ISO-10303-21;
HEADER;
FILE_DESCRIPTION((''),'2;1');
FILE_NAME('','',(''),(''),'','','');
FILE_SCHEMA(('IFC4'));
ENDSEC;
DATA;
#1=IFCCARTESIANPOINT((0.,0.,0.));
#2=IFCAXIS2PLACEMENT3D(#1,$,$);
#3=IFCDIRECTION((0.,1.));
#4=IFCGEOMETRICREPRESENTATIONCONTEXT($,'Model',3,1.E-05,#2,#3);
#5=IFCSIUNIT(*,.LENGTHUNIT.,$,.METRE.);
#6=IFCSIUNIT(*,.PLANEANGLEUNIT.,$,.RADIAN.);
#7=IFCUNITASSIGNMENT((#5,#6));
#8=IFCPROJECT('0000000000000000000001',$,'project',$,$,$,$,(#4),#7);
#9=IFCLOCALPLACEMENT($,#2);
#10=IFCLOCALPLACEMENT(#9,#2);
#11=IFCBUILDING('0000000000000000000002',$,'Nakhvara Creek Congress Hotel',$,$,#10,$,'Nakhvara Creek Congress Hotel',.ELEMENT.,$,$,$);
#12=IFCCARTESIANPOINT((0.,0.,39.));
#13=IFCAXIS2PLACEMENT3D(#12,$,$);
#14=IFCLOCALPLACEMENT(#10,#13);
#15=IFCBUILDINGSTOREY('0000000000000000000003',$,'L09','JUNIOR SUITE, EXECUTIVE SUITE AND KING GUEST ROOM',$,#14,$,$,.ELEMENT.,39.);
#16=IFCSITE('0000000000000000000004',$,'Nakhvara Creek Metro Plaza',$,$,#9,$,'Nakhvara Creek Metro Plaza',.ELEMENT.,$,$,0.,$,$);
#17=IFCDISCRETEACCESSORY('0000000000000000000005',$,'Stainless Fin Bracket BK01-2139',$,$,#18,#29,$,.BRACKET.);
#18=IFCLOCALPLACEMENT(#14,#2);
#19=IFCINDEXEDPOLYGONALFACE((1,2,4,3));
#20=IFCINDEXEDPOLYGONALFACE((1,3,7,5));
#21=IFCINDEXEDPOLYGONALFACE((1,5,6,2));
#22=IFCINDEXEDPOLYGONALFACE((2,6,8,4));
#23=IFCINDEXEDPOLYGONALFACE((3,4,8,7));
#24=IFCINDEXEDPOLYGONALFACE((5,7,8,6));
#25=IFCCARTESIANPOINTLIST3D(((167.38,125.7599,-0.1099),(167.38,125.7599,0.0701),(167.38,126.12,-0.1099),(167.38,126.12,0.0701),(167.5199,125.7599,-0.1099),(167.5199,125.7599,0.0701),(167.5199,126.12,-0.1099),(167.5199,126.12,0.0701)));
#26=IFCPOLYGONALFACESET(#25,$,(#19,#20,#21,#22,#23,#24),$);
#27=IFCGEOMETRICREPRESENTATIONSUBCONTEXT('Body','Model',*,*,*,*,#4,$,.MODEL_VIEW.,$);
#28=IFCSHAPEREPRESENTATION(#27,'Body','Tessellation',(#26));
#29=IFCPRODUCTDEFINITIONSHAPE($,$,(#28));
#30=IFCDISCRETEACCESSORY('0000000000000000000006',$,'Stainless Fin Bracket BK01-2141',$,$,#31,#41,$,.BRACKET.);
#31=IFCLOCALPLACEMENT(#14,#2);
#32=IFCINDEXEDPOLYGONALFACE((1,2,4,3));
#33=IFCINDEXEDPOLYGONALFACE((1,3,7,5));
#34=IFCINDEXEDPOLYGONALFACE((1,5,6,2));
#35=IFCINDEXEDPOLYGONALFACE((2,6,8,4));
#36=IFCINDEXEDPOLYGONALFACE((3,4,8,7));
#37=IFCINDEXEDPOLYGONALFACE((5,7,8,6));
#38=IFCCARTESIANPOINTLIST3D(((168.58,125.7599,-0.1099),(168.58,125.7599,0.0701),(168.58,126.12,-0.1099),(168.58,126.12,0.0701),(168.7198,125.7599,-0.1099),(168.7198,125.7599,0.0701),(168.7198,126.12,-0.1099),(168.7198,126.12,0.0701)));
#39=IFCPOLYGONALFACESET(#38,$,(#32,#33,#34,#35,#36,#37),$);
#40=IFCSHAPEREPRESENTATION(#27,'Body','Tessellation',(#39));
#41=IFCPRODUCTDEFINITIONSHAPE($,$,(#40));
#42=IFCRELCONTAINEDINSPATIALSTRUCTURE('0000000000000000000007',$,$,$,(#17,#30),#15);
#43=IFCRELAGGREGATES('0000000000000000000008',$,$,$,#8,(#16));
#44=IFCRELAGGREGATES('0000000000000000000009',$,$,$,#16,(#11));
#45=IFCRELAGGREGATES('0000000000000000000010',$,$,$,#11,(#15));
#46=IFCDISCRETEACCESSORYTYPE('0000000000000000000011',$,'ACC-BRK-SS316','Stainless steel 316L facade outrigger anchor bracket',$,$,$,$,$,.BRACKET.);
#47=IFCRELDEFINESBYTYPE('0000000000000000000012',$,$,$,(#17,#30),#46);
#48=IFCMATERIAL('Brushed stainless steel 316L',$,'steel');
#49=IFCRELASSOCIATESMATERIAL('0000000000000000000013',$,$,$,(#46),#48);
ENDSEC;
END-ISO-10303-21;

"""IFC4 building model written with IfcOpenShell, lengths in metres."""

from ifc_helpers import new_model, si_unit, direction, frame, origin, origin_2d, place, context, subcontext, project, spatial, rectangle, extrude, material, type_object, element, save


model = new_model("IFC4")

# Units and contexts
model_context = context("Model", 3, precision=1e-05, world=origin(), true_north=direction((0.0, 1.0)))
body_context = subcontext(model_context, "Body", "Model", "MODEL_VIEW")
ifc_project = project(units=[si_unit("LENGTHUNIT", "METRE"), si_unit("PLANEANGLEUNIT", "RADIAN")], contexts=[model_context])

# Site, building, storey
site_placement = place(None, origin())
site = spatial("IfcSite", under=ifc_project, at=site_placement, Name="Nakhvara Creek Metro Plaza", LongName="Nakhvara Creek Metro Plaza", CompositionType="ELEMENT", RefElevation=0.0)
building_placement = place(site_placement, origin())
building = spatial("IfcBuilding", under=site, at=building_placement, Name="Nakhvara Creek Congress Hotel", LongName="Nakhvara Creek Congress Hotel", CompositionType="ELEMENT")
storey_placement = place(building_placement, frame((0.0, 0.0, 39.0)))
storey = spatial("IfcBuildingStorey", under=building, at=storey_placement, Name="L09", Description="JUNIOR SUITE, EXECUTIVE SUITE AND KING GUEST ROOM", CompositionType="ELEMENT", Elevation=39.0)

# Discrete accessories
ifc_material_1 = material(Name="Brushed stainless steel 316L", Category="steel")
discrete_accessory_type = type_object("IfcDiscreteAccessoryType", Name="ACC-BRK-SS316", Description="Stainless steel 316L facade outrigger anchor bracket", PredefinedType="BRACKET", material=ifc_material_1)
for number, where, z_axis, x_axis, name in (
    (1, (167.45, 125.9399, -0.1099), (0.0, 0.0, 1.0), (1.0, 0.0, 0.0), "Stainless Fin Bracket BK01-2139"),
    (2, (168.6499, 125.9399, -0.1099), (0.0, 0.0, 1.0), (1.0, 0.0, 0.0), "Stainless Fin Bracket BK01-2141"),
):
    element("IfcDiscreteAccessory", number, at=place(storey_placement, frame(where, z_axis=z_axis, x_axis=x_axis)), inside=storey, type_object=discrete_accessory_type, Name=name, PredefinedType="BRACKET", context=body_context, shape_type="SweptSolid", body=[
        extrude(rectangle(XDim=0.1399, YDim=0.3601, at=origin_2d()), origin(), (0.0, 0.0, 1.0), 0.1799),
    ])

save(model, "model.ifc")
